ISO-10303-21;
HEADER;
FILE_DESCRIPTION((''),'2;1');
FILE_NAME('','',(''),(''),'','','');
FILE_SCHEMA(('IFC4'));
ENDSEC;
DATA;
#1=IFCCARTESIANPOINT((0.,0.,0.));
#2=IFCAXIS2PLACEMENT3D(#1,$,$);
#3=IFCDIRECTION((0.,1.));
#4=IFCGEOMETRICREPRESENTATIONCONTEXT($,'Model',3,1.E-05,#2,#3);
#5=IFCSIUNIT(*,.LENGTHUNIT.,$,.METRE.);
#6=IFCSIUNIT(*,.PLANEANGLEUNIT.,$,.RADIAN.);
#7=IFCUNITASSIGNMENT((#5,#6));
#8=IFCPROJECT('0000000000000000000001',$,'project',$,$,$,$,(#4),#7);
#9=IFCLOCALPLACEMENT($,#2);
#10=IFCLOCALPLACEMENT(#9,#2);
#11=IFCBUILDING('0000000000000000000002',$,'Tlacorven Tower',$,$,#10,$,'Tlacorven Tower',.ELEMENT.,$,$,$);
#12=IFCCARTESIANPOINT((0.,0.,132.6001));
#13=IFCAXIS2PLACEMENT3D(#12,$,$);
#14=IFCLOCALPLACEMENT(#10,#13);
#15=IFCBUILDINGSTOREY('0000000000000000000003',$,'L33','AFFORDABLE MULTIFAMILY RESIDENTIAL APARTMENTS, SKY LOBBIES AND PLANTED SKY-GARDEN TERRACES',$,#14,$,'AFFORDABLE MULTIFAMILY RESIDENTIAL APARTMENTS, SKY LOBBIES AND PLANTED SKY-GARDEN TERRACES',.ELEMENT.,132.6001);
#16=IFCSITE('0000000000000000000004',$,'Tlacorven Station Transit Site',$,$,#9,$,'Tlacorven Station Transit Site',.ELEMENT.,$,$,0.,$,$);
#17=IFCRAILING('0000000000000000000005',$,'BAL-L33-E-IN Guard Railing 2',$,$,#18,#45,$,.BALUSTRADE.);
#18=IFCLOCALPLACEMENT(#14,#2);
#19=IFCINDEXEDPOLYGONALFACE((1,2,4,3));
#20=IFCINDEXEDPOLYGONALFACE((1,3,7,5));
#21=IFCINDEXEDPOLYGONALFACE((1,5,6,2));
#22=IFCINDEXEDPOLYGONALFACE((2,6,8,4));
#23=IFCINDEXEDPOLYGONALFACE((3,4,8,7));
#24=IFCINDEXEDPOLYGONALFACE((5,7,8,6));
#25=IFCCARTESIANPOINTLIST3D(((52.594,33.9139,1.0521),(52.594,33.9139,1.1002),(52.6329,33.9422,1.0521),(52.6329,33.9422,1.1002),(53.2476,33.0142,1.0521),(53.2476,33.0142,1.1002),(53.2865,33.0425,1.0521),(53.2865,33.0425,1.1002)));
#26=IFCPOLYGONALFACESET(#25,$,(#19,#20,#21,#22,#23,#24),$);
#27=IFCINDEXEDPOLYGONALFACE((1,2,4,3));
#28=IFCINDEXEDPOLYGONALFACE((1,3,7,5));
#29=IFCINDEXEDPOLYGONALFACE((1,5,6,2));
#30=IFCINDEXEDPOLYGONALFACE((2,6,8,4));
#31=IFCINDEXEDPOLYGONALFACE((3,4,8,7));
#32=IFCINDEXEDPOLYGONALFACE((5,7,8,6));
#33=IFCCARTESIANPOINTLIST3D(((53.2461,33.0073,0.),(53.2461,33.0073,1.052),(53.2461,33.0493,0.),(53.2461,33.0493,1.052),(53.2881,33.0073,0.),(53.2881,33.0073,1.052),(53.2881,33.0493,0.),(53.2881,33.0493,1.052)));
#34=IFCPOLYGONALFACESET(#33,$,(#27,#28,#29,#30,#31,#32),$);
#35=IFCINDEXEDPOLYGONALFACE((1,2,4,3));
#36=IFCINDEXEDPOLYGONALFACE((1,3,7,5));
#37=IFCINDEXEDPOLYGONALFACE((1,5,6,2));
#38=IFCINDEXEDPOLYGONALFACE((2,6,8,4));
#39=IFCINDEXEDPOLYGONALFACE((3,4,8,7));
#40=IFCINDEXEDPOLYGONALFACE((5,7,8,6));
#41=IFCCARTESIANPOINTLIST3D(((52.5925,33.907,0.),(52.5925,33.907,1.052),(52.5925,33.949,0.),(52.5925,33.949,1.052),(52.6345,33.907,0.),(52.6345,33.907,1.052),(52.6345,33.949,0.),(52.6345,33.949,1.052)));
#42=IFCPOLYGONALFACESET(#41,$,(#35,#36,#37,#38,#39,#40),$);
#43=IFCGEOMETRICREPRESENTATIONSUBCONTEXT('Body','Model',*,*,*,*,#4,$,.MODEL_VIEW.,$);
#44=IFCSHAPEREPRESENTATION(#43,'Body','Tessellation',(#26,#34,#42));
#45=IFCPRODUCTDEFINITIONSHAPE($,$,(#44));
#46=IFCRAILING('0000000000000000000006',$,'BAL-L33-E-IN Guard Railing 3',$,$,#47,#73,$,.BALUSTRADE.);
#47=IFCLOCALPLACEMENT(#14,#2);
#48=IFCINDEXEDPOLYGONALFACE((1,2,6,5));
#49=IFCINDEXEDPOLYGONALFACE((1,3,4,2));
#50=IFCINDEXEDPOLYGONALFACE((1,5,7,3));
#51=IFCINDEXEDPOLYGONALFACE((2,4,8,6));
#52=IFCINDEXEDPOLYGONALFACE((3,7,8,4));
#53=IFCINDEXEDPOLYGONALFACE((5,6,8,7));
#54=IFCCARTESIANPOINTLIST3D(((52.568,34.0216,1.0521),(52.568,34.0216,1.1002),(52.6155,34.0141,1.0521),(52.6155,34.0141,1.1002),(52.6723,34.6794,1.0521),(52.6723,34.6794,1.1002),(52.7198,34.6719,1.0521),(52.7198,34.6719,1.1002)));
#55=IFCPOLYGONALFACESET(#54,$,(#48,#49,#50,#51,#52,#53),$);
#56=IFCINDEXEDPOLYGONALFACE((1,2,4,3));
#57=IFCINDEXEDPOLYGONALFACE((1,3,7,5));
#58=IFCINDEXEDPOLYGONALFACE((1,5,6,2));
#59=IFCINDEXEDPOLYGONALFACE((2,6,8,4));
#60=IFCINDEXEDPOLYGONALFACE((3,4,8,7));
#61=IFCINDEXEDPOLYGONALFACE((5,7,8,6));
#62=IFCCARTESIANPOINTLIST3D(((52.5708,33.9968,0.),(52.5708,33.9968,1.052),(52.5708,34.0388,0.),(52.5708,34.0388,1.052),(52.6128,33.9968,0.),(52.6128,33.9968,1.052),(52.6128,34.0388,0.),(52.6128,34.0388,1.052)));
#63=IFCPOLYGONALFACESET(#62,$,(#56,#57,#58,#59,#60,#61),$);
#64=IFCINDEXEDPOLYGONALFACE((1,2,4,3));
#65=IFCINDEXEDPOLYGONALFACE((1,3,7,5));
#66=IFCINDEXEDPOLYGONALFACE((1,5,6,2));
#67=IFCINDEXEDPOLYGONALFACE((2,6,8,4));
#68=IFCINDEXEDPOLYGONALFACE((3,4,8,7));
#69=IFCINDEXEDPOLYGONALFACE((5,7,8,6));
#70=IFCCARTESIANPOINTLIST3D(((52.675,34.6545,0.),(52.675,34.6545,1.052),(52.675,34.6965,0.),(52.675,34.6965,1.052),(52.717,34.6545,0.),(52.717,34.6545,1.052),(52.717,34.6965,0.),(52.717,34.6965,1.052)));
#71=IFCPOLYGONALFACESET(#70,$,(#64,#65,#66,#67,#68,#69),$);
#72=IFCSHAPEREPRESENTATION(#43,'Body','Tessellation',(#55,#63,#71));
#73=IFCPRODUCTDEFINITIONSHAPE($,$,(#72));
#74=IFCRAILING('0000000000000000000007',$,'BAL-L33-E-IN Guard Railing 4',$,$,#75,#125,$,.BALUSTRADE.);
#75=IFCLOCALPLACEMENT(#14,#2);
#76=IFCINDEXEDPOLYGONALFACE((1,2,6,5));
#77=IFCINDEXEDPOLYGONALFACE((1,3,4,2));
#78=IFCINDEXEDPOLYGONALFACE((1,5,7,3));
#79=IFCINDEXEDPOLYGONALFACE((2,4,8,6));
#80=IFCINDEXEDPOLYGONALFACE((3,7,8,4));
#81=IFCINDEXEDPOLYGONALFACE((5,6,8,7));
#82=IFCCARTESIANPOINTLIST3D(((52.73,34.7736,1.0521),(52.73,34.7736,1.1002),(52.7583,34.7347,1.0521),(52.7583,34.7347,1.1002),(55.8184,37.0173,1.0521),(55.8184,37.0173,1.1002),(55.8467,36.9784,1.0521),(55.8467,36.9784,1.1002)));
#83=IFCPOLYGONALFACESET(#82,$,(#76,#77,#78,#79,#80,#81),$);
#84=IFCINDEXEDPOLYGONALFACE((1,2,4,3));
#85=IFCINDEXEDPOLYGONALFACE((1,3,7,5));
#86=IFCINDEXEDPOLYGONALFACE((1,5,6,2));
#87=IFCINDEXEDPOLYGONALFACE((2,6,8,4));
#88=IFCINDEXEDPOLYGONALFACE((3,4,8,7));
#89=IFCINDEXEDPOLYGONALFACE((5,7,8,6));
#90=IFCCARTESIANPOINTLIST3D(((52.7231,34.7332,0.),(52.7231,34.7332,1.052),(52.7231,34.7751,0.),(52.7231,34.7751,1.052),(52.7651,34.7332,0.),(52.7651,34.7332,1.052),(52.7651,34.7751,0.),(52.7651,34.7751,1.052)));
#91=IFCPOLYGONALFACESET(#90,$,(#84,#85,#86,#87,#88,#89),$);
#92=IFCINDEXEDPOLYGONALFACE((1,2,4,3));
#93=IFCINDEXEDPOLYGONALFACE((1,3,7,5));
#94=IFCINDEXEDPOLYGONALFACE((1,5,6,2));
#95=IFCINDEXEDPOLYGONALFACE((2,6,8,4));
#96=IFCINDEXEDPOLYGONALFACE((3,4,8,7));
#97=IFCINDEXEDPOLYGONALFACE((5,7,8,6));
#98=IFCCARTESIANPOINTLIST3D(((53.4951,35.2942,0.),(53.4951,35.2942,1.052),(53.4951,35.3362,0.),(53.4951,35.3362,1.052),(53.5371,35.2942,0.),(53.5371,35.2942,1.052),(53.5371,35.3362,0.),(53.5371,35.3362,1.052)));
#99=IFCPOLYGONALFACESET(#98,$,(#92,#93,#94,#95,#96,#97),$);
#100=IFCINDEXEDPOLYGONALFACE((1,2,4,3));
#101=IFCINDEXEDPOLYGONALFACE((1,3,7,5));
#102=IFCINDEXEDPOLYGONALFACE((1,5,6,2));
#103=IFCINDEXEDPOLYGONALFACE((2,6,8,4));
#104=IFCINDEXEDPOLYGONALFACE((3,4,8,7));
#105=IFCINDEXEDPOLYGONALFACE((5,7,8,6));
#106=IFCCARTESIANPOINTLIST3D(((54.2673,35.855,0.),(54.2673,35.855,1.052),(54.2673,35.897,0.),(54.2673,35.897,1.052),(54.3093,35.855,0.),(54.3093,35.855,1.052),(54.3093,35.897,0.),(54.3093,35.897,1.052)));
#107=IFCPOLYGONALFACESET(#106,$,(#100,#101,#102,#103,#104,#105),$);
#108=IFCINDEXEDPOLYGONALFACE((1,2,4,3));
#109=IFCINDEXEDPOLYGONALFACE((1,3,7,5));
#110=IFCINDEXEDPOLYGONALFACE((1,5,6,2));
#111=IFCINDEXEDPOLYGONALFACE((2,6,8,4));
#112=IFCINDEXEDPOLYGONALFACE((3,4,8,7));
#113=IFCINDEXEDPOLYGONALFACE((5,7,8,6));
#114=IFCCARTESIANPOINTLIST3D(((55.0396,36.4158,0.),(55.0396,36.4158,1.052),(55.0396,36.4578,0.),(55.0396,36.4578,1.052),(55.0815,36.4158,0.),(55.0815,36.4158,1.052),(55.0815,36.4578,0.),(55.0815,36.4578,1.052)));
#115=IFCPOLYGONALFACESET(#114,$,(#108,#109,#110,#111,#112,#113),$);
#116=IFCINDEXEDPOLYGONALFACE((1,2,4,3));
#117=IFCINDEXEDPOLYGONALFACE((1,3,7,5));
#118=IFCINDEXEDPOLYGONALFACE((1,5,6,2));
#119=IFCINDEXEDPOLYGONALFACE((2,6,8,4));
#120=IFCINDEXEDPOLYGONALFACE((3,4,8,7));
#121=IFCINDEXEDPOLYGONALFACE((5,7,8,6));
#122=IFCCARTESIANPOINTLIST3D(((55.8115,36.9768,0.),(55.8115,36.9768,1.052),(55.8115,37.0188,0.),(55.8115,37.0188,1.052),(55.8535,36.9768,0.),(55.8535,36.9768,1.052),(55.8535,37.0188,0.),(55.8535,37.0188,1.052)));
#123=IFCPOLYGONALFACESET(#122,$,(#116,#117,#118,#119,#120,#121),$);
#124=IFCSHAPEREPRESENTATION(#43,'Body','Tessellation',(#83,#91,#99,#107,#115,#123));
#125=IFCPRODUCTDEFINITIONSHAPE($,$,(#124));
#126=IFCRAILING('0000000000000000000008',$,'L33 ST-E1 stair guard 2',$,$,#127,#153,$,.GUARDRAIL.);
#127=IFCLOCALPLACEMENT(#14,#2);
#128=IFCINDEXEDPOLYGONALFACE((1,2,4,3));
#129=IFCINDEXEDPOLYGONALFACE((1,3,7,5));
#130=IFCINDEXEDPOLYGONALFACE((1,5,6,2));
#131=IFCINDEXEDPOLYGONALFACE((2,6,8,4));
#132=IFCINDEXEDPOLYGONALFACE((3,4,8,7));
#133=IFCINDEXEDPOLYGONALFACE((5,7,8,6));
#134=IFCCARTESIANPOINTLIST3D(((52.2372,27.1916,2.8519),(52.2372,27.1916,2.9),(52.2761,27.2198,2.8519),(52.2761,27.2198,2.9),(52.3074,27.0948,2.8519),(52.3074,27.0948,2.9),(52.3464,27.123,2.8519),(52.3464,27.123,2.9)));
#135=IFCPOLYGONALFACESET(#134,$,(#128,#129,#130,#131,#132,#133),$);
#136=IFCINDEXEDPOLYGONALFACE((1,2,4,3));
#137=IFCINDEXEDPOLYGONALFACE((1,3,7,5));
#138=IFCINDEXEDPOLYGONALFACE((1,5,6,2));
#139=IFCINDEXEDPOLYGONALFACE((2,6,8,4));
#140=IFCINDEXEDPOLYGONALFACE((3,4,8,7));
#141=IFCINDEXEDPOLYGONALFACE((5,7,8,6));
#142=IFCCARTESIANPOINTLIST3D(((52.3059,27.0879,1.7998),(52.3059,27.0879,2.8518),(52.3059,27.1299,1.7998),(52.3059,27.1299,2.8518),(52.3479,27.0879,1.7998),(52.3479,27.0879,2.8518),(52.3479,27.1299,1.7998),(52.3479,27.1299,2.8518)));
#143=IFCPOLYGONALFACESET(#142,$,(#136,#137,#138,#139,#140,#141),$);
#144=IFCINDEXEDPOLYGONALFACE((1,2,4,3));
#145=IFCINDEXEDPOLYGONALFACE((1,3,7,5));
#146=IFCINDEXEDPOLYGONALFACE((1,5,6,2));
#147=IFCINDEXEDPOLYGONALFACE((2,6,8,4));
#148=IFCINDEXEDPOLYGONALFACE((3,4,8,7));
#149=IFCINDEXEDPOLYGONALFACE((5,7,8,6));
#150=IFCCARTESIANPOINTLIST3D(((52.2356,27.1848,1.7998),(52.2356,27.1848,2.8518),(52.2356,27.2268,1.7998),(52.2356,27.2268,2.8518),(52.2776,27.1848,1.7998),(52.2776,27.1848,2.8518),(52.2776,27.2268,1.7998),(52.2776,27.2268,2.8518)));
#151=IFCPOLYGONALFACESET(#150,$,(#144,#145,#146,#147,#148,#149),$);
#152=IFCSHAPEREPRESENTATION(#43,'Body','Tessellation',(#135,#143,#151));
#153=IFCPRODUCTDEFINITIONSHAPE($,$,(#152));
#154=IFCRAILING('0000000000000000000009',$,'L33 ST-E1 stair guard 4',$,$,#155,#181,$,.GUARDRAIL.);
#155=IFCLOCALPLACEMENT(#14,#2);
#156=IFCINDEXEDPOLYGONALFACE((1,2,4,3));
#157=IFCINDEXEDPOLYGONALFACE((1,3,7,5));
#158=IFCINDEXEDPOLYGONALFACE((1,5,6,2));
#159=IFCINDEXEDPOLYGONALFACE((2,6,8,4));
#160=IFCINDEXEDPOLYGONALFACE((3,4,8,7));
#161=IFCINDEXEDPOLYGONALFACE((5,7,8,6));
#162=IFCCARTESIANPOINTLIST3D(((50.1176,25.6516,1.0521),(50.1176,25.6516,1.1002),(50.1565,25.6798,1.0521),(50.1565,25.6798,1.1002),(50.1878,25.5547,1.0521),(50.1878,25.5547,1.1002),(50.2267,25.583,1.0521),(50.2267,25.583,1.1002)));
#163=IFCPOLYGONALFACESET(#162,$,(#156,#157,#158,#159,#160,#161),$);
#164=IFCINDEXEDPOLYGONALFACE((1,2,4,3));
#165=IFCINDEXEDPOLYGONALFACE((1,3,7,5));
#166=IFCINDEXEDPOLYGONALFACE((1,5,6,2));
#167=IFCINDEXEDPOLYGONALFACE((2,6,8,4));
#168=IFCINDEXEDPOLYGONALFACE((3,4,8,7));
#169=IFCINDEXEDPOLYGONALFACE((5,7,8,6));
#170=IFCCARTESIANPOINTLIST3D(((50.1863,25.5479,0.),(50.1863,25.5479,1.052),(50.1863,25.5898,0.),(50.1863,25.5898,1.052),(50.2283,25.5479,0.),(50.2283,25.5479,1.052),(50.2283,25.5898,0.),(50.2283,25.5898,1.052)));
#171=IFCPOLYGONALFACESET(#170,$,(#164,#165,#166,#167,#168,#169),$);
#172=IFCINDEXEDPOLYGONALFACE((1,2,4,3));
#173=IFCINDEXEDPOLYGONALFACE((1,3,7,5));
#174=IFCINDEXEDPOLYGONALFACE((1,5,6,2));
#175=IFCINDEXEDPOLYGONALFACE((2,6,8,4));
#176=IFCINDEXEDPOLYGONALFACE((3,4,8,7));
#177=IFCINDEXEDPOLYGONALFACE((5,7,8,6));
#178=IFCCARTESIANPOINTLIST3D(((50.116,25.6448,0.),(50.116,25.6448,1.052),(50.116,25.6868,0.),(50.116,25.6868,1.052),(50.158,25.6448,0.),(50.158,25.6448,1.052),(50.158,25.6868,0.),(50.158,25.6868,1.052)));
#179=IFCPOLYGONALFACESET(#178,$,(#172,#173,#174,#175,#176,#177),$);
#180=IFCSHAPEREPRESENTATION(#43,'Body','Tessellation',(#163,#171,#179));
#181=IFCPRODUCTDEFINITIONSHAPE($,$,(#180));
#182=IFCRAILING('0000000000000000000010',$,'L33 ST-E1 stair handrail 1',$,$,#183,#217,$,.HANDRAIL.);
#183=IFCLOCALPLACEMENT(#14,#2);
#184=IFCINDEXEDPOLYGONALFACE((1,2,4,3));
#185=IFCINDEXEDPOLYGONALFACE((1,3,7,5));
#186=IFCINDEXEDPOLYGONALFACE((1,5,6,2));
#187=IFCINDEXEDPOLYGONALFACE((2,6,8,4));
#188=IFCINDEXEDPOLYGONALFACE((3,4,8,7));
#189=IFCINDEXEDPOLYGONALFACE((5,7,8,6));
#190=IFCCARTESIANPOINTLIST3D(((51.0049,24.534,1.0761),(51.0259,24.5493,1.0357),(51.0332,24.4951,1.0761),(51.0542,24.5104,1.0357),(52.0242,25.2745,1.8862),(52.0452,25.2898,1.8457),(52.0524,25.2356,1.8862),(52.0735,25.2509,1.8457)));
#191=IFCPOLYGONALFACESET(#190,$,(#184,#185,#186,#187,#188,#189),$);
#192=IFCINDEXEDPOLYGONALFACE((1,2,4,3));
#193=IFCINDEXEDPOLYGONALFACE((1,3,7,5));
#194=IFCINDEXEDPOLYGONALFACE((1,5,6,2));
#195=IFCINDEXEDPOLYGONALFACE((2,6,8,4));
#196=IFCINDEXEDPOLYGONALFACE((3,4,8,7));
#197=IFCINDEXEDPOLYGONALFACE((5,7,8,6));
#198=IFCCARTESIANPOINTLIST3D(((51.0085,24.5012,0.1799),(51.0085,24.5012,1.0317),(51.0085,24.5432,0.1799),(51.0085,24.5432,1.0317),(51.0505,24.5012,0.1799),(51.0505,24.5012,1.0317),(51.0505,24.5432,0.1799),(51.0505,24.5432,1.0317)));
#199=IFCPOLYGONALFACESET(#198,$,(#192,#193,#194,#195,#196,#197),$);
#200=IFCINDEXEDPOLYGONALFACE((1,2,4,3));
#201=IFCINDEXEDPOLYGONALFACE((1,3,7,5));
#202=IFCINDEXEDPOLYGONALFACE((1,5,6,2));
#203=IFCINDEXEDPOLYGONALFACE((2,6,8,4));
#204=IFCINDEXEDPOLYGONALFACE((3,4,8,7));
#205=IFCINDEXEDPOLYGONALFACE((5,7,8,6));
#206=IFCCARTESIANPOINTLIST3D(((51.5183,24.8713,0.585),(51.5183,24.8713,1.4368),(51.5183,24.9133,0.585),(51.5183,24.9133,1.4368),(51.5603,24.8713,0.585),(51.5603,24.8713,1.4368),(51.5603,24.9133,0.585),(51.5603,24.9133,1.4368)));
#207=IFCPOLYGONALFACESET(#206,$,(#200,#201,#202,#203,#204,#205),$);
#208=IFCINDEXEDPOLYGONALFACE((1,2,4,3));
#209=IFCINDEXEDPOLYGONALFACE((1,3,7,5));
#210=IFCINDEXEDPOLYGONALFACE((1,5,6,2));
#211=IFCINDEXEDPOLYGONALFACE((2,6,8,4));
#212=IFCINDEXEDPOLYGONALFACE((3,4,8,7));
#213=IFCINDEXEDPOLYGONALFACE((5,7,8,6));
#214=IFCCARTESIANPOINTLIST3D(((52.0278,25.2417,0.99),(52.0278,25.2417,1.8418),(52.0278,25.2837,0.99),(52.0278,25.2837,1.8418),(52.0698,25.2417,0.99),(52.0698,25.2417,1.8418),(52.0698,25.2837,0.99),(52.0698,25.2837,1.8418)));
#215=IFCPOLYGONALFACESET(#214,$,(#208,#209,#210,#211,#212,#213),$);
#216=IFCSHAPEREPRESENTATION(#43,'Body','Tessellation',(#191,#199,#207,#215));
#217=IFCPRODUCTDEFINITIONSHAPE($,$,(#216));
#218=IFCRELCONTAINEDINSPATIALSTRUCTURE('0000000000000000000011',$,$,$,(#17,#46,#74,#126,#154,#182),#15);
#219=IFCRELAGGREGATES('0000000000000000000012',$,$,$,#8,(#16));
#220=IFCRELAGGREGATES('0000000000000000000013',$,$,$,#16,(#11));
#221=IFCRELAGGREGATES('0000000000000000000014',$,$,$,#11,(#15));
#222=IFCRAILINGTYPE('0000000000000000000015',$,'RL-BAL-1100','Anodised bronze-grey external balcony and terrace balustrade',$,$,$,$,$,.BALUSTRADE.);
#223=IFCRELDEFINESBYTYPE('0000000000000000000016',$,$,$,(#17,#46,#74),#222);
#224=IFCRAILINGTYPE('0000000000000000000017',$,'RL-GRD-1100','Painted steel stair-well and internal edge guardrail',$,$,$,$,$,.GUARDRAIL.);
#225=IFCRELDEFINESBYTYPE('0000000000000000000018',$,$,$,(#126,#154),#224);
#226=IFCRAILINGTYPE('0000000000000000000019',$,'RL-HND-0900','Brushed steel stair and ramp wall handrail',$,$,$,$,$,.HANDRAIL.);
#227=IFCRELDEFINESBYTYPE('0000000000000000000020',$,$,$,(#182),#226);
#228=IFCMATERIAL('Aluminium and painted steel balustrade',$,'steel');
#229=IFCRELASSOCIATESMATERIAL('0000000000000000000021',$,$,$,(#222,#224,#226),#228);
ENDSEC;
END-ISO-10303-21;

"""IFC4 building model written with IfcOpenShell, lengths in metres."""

from ifc_helpers import new_model, si_unit, direction, frame, origin, origin_2d, place, context, subcontext, project, spatial, rectangle, extrude, source, transform, mapped, material, type_object, element, save


model = new_model("IFC4")

# Units and contexts
model_context = context("Model", 3, precision=1e-05, world=origin(), true_north=direction((0.0, 1.0)))
body_context = subcontext(model_context, "Body", "Model", "MODEL_VIEW")
ifc_project = project(units=[si_unit("LENGTHUNIT", "METRE"), si_unit("PLANEANGLEUNIT", "RADIAN")], contexts=[model_context])

# Site, building, storey
site_placement = place(None, origin())
site = spatial("IfcSite", under=ifc_project, at=site_placement, Name="Tlacorven Station Transit Site", LongName="Tlacorven Station Transit Site", CompositionType="ELEMENT", RefElevation=0.0)
building_placement = place(site_placement, origin())
building = spatial("IfcBuilding", under=site, at=building_placement, Name="Tlacorven Tower", LongName="Tlacorven Tower", CompositionType="ELEMENT")
storey_placement = place(building_placement, frame((0.0, 0.0, 132.6001)))
storey = spatial("IfcBuildingStorey", under=building, at=storey_placement, Name="L33", Description="AFFORDABLE MULTIFAMILY RESIDENTIAL APARTMENTS, SKY LOBBIES AND PLANTED SKY-GARDEN TERRACES", LongName="AFFORDABLE MULTIFAMILY RESIDENTIAL APARTMENTS, SKY LOBBIES AND PLANTED SKY-GARDEN TERRACES", CompositionType="ELEMENT", Elevation=132.6001)

# Railings
ifc_material_1 = material(Name="Aluminium and painted steel balustrade", Category="steel")
railing_type_1 = type_object("IfcRailingType", Name="RL-BAL-1100", Description="Anodised bronze-grey external balcony and terrace balustrade", PredefinedType="BALUSTRADE", material=ifc_material_1)
shared_shape_1 = source(origin(), body_context, "Body", "SweptSolid", [
    extrude(rectangle(XDim=0.0481, YDim=0.0481, at=origin_2d()), frame((0.0, 0.0, 1.0762), z_axis=(-0.587741, 0.809049, 0.0), x_axis=(-0.809049, -0.587741, 0.0)), (0.0, 0.0, 1.0), 1.1121),
    extrude(rectangle(XDim=0.042, YDim=0.042, at=origin_2d()), origin(), (0.0, 0.0, 1.0), 1.052),
    extrude(rectangle(XDim=0.042, YDim=0.042, at=origin_2d()), frame((-0.6536, 0.8997, 0.0)), (0.0, 0.0, 1.0), 1.052),
])
railing_1_placement = place(storey_placement, frame((53.2671, 33.0283, 0.0)))
element("IfcRailing", 1, at=railing_1_placement, inside=storey, type_object=railing_type_1, Name="BAL-L33-E-IN Guard Railing 2", PredefinedType="BALUSTRADE", context=body_context, shape_type="MappedRepresentation", body=[
    mapped(shared_shape_1, transform((0.0, 0.0, 0.0), scale=1.0)),
])
shared_shape_2 = source(origin(), body_context, "Body", "SweptSolid", [
    extrude(rectangle(XDim=0.0481, YDim=0.0481, at=origin_2d()), frame((0.0, 0.0, 1.0762), z_axis=(0.156546, 0.987671, 0.0), x_axis=(-0.987671, 0.156546, 0.0)), (0.0, 0.0, 1.0), 0.666),
    extrude(rectangle(XDim=0.042, YDim=0.042, at=origin_2d()), origin(), (0.0, 0.0, 1.0), 1.052),
    extrude(rectangle(XDim=0.042, YDim=0.042, at=origin_2d()), frame((0.1042, 0.6577, 0.0)), (0.0, 0.0, 1.0), 1.052),
])
railing_2_placement = place(storey_placement, frame((52.5918, 34.0178, 0.0)))
element("IfcRailing", 2, at=railing_2_placement, inside=storey, type_object=railing_type_1, Name="BAL-L33-E-IN Guard Railing 3", PredefinedType="BALUSTRADE", context=body_context, shape_type="MappedRepresentation", body=[
    mapped(shared_shape_2, transform((0.0, 0.0, 0.0), scale=1.0)),
])
shared_shape_3 = source(origin(), body_context, "Body", "SweptSolid", [
    extrude(rectangle(XDim=0.0481, YDim=0.0481, at=origin_2d()), frame((0.0, 0.0, 1.0762), z_axis=(0.80904, 0.587753, 0.0), x_axis=(-0.587753, 0.80904, 0.0)), (0.0, 0.0, 1.0), 3.8174),
    extrude(rectangle(XDim=0.042, YDim=0.042, at=origin_2d()), origin(), (0.0, 0.0, 1.0), 1.052),
    extrude(rectangle(XDim=0.042, YDim=0.042, at=origin_2d()), frame((0.772, 0.561, 0.0)), (0.0, 0.0, 1.0), 1.052),
    extrude(rectangle(XDim=0.042, YDim=0.042, at=origin_2d()), frame((1.5442, 1.1218, 0.0)), (0.0, 0.0, 1.0), 1.052),
    extrude(rectangle(XDim=0.042, YDim=0.042, at=origin_2d()), frame((2.3164, 1.6826, 0.0)), (0.0, 0.0, 1.0), 1.052),
    extrude(rectangle(XDim=0.042, YDim=0.042, at=origin_2d()), frame((3.0884, 2.2437, 0.0)), (0.0, 0.0, 1.0), 1.052),
])
railing_3_placement = place(storey_placement, frame((52.7441, 34.7542, 0.0)))
element("IfcRailing", 3, at=railing_3_placement, inside=storey, type_object=railing_type_1, Name="BAL-L33-E-IN Guard Railing 4", PredefinedType="BALUSTRADE", context=body_context, shape_type="MappedRepresentation", body=[
    mapped(shared_shape_3, transform((0.0, 0.0, 0.0), scale=1.0)),
])
railing_type_2 = type_object("IfcRailingType", Name="RL-GRD-1100", Description="Painted steel stair-well and internal edge guardrail", PredefinedType="GUARDRAIL", material=ifc_material_1)
shared_shape_4 = source(origin(), body_context, "Body", "SweptSolid", [
    extrude(rectangle(XDim=0.0481, YDim=0.0481, at=origin_2d()), frame((0.0, 0.0, 1.0762), z_axis=(-0.587201, 0.809441, 0.0), x_axis=(-0.809441, -0.587201, 0.0)), (0.0, 0.0, 1.0), 0.1196),
    extrude(rectangle(XDim=0.042, YDim=0.042, at=origin_2d()), origin(), (0.0, 0.0, 1.0), 1.052),
    extrude(rectangle(XDim=0.042, YDim=0.042, at=origin_2d()), frame((-0.0703, 0.0969, 0.0)), (0.0, 0.0, 1.0), 1.052),
])
for number, where, name in (
    (4, (52.3269, 27.1089, 1.7998), "L33 ST-E1 stair guard 2"),
    (5, (50.2073, 25.5688, 0.0), "L33 ST-E1 stair guard 4"),
):
    element("IfcRailing", number, at=place(storey_placement, frame(where)), inside=storey, type_object=railing_type_2, Name=name, PredefinedType="GUARDRAIL", context=body_context, shape_type="MappedRepresentation", body=[
        mapped(shared_shape_4, transform((0.0, 0.0, 0.0), scale=1.0)),
    ])
railing_type_3 = type_object("IfcRailingType", Name="RL-HND-0900", Description="Brushed steel stair and ramp wall handrail", PredefinedType="HANDRAIL", material=ifc_material_1)
shared_shape_5 = source(origin(), body_context, "Body", "SweptSolid", [
    extrude(rectangle(XDim=0.0481, YDim=0.0481, at=origin_2d()), frame((0.0, 0.0, 0.876), z_axis=(0.680516, 0.494373, 0.540827), x_axis=(-0.587745, 0.809046, 0.0)), (0.0, 0.0, 1.0), 1.4978),
    extrude(rectangle(XDim=0.042, YDim=0.042, at=origin_2d()), origin(), (0.0, 0.0, 1.0), 0.8518),
    extrude(rectangle(XDim=0.042, YDim=0.042, at=origin_2d()), frame((0.5098, 0.3701, 0.405)), (0.0, 0.0, 1.0), 0.8518),
    extrude(rectangle(XDim=0.042, YDim=0.042, at=origin_2d()), frame((1.0193, 0.7405, 0.8101)), (0.0, 0.0, 1.0), 0.8518),
])
railing_4_placement = place(storey_placement, frame((51.0295, 24.5222, 0.1799)))
element("IfcRailing", 6, at=railing_4_placement, inside=storey, type_object=railing_type_3, Name="L33 ST-E1 stair handrail 1", PredefinedType="HANDRAIL", context=body_context, shape_type="MappedRepresentation", body=[
    mapped(shared_shape_5, transform((0.0, 0.0, 0.0), scale=1.0)),
])

save(model, "model.ifc")
